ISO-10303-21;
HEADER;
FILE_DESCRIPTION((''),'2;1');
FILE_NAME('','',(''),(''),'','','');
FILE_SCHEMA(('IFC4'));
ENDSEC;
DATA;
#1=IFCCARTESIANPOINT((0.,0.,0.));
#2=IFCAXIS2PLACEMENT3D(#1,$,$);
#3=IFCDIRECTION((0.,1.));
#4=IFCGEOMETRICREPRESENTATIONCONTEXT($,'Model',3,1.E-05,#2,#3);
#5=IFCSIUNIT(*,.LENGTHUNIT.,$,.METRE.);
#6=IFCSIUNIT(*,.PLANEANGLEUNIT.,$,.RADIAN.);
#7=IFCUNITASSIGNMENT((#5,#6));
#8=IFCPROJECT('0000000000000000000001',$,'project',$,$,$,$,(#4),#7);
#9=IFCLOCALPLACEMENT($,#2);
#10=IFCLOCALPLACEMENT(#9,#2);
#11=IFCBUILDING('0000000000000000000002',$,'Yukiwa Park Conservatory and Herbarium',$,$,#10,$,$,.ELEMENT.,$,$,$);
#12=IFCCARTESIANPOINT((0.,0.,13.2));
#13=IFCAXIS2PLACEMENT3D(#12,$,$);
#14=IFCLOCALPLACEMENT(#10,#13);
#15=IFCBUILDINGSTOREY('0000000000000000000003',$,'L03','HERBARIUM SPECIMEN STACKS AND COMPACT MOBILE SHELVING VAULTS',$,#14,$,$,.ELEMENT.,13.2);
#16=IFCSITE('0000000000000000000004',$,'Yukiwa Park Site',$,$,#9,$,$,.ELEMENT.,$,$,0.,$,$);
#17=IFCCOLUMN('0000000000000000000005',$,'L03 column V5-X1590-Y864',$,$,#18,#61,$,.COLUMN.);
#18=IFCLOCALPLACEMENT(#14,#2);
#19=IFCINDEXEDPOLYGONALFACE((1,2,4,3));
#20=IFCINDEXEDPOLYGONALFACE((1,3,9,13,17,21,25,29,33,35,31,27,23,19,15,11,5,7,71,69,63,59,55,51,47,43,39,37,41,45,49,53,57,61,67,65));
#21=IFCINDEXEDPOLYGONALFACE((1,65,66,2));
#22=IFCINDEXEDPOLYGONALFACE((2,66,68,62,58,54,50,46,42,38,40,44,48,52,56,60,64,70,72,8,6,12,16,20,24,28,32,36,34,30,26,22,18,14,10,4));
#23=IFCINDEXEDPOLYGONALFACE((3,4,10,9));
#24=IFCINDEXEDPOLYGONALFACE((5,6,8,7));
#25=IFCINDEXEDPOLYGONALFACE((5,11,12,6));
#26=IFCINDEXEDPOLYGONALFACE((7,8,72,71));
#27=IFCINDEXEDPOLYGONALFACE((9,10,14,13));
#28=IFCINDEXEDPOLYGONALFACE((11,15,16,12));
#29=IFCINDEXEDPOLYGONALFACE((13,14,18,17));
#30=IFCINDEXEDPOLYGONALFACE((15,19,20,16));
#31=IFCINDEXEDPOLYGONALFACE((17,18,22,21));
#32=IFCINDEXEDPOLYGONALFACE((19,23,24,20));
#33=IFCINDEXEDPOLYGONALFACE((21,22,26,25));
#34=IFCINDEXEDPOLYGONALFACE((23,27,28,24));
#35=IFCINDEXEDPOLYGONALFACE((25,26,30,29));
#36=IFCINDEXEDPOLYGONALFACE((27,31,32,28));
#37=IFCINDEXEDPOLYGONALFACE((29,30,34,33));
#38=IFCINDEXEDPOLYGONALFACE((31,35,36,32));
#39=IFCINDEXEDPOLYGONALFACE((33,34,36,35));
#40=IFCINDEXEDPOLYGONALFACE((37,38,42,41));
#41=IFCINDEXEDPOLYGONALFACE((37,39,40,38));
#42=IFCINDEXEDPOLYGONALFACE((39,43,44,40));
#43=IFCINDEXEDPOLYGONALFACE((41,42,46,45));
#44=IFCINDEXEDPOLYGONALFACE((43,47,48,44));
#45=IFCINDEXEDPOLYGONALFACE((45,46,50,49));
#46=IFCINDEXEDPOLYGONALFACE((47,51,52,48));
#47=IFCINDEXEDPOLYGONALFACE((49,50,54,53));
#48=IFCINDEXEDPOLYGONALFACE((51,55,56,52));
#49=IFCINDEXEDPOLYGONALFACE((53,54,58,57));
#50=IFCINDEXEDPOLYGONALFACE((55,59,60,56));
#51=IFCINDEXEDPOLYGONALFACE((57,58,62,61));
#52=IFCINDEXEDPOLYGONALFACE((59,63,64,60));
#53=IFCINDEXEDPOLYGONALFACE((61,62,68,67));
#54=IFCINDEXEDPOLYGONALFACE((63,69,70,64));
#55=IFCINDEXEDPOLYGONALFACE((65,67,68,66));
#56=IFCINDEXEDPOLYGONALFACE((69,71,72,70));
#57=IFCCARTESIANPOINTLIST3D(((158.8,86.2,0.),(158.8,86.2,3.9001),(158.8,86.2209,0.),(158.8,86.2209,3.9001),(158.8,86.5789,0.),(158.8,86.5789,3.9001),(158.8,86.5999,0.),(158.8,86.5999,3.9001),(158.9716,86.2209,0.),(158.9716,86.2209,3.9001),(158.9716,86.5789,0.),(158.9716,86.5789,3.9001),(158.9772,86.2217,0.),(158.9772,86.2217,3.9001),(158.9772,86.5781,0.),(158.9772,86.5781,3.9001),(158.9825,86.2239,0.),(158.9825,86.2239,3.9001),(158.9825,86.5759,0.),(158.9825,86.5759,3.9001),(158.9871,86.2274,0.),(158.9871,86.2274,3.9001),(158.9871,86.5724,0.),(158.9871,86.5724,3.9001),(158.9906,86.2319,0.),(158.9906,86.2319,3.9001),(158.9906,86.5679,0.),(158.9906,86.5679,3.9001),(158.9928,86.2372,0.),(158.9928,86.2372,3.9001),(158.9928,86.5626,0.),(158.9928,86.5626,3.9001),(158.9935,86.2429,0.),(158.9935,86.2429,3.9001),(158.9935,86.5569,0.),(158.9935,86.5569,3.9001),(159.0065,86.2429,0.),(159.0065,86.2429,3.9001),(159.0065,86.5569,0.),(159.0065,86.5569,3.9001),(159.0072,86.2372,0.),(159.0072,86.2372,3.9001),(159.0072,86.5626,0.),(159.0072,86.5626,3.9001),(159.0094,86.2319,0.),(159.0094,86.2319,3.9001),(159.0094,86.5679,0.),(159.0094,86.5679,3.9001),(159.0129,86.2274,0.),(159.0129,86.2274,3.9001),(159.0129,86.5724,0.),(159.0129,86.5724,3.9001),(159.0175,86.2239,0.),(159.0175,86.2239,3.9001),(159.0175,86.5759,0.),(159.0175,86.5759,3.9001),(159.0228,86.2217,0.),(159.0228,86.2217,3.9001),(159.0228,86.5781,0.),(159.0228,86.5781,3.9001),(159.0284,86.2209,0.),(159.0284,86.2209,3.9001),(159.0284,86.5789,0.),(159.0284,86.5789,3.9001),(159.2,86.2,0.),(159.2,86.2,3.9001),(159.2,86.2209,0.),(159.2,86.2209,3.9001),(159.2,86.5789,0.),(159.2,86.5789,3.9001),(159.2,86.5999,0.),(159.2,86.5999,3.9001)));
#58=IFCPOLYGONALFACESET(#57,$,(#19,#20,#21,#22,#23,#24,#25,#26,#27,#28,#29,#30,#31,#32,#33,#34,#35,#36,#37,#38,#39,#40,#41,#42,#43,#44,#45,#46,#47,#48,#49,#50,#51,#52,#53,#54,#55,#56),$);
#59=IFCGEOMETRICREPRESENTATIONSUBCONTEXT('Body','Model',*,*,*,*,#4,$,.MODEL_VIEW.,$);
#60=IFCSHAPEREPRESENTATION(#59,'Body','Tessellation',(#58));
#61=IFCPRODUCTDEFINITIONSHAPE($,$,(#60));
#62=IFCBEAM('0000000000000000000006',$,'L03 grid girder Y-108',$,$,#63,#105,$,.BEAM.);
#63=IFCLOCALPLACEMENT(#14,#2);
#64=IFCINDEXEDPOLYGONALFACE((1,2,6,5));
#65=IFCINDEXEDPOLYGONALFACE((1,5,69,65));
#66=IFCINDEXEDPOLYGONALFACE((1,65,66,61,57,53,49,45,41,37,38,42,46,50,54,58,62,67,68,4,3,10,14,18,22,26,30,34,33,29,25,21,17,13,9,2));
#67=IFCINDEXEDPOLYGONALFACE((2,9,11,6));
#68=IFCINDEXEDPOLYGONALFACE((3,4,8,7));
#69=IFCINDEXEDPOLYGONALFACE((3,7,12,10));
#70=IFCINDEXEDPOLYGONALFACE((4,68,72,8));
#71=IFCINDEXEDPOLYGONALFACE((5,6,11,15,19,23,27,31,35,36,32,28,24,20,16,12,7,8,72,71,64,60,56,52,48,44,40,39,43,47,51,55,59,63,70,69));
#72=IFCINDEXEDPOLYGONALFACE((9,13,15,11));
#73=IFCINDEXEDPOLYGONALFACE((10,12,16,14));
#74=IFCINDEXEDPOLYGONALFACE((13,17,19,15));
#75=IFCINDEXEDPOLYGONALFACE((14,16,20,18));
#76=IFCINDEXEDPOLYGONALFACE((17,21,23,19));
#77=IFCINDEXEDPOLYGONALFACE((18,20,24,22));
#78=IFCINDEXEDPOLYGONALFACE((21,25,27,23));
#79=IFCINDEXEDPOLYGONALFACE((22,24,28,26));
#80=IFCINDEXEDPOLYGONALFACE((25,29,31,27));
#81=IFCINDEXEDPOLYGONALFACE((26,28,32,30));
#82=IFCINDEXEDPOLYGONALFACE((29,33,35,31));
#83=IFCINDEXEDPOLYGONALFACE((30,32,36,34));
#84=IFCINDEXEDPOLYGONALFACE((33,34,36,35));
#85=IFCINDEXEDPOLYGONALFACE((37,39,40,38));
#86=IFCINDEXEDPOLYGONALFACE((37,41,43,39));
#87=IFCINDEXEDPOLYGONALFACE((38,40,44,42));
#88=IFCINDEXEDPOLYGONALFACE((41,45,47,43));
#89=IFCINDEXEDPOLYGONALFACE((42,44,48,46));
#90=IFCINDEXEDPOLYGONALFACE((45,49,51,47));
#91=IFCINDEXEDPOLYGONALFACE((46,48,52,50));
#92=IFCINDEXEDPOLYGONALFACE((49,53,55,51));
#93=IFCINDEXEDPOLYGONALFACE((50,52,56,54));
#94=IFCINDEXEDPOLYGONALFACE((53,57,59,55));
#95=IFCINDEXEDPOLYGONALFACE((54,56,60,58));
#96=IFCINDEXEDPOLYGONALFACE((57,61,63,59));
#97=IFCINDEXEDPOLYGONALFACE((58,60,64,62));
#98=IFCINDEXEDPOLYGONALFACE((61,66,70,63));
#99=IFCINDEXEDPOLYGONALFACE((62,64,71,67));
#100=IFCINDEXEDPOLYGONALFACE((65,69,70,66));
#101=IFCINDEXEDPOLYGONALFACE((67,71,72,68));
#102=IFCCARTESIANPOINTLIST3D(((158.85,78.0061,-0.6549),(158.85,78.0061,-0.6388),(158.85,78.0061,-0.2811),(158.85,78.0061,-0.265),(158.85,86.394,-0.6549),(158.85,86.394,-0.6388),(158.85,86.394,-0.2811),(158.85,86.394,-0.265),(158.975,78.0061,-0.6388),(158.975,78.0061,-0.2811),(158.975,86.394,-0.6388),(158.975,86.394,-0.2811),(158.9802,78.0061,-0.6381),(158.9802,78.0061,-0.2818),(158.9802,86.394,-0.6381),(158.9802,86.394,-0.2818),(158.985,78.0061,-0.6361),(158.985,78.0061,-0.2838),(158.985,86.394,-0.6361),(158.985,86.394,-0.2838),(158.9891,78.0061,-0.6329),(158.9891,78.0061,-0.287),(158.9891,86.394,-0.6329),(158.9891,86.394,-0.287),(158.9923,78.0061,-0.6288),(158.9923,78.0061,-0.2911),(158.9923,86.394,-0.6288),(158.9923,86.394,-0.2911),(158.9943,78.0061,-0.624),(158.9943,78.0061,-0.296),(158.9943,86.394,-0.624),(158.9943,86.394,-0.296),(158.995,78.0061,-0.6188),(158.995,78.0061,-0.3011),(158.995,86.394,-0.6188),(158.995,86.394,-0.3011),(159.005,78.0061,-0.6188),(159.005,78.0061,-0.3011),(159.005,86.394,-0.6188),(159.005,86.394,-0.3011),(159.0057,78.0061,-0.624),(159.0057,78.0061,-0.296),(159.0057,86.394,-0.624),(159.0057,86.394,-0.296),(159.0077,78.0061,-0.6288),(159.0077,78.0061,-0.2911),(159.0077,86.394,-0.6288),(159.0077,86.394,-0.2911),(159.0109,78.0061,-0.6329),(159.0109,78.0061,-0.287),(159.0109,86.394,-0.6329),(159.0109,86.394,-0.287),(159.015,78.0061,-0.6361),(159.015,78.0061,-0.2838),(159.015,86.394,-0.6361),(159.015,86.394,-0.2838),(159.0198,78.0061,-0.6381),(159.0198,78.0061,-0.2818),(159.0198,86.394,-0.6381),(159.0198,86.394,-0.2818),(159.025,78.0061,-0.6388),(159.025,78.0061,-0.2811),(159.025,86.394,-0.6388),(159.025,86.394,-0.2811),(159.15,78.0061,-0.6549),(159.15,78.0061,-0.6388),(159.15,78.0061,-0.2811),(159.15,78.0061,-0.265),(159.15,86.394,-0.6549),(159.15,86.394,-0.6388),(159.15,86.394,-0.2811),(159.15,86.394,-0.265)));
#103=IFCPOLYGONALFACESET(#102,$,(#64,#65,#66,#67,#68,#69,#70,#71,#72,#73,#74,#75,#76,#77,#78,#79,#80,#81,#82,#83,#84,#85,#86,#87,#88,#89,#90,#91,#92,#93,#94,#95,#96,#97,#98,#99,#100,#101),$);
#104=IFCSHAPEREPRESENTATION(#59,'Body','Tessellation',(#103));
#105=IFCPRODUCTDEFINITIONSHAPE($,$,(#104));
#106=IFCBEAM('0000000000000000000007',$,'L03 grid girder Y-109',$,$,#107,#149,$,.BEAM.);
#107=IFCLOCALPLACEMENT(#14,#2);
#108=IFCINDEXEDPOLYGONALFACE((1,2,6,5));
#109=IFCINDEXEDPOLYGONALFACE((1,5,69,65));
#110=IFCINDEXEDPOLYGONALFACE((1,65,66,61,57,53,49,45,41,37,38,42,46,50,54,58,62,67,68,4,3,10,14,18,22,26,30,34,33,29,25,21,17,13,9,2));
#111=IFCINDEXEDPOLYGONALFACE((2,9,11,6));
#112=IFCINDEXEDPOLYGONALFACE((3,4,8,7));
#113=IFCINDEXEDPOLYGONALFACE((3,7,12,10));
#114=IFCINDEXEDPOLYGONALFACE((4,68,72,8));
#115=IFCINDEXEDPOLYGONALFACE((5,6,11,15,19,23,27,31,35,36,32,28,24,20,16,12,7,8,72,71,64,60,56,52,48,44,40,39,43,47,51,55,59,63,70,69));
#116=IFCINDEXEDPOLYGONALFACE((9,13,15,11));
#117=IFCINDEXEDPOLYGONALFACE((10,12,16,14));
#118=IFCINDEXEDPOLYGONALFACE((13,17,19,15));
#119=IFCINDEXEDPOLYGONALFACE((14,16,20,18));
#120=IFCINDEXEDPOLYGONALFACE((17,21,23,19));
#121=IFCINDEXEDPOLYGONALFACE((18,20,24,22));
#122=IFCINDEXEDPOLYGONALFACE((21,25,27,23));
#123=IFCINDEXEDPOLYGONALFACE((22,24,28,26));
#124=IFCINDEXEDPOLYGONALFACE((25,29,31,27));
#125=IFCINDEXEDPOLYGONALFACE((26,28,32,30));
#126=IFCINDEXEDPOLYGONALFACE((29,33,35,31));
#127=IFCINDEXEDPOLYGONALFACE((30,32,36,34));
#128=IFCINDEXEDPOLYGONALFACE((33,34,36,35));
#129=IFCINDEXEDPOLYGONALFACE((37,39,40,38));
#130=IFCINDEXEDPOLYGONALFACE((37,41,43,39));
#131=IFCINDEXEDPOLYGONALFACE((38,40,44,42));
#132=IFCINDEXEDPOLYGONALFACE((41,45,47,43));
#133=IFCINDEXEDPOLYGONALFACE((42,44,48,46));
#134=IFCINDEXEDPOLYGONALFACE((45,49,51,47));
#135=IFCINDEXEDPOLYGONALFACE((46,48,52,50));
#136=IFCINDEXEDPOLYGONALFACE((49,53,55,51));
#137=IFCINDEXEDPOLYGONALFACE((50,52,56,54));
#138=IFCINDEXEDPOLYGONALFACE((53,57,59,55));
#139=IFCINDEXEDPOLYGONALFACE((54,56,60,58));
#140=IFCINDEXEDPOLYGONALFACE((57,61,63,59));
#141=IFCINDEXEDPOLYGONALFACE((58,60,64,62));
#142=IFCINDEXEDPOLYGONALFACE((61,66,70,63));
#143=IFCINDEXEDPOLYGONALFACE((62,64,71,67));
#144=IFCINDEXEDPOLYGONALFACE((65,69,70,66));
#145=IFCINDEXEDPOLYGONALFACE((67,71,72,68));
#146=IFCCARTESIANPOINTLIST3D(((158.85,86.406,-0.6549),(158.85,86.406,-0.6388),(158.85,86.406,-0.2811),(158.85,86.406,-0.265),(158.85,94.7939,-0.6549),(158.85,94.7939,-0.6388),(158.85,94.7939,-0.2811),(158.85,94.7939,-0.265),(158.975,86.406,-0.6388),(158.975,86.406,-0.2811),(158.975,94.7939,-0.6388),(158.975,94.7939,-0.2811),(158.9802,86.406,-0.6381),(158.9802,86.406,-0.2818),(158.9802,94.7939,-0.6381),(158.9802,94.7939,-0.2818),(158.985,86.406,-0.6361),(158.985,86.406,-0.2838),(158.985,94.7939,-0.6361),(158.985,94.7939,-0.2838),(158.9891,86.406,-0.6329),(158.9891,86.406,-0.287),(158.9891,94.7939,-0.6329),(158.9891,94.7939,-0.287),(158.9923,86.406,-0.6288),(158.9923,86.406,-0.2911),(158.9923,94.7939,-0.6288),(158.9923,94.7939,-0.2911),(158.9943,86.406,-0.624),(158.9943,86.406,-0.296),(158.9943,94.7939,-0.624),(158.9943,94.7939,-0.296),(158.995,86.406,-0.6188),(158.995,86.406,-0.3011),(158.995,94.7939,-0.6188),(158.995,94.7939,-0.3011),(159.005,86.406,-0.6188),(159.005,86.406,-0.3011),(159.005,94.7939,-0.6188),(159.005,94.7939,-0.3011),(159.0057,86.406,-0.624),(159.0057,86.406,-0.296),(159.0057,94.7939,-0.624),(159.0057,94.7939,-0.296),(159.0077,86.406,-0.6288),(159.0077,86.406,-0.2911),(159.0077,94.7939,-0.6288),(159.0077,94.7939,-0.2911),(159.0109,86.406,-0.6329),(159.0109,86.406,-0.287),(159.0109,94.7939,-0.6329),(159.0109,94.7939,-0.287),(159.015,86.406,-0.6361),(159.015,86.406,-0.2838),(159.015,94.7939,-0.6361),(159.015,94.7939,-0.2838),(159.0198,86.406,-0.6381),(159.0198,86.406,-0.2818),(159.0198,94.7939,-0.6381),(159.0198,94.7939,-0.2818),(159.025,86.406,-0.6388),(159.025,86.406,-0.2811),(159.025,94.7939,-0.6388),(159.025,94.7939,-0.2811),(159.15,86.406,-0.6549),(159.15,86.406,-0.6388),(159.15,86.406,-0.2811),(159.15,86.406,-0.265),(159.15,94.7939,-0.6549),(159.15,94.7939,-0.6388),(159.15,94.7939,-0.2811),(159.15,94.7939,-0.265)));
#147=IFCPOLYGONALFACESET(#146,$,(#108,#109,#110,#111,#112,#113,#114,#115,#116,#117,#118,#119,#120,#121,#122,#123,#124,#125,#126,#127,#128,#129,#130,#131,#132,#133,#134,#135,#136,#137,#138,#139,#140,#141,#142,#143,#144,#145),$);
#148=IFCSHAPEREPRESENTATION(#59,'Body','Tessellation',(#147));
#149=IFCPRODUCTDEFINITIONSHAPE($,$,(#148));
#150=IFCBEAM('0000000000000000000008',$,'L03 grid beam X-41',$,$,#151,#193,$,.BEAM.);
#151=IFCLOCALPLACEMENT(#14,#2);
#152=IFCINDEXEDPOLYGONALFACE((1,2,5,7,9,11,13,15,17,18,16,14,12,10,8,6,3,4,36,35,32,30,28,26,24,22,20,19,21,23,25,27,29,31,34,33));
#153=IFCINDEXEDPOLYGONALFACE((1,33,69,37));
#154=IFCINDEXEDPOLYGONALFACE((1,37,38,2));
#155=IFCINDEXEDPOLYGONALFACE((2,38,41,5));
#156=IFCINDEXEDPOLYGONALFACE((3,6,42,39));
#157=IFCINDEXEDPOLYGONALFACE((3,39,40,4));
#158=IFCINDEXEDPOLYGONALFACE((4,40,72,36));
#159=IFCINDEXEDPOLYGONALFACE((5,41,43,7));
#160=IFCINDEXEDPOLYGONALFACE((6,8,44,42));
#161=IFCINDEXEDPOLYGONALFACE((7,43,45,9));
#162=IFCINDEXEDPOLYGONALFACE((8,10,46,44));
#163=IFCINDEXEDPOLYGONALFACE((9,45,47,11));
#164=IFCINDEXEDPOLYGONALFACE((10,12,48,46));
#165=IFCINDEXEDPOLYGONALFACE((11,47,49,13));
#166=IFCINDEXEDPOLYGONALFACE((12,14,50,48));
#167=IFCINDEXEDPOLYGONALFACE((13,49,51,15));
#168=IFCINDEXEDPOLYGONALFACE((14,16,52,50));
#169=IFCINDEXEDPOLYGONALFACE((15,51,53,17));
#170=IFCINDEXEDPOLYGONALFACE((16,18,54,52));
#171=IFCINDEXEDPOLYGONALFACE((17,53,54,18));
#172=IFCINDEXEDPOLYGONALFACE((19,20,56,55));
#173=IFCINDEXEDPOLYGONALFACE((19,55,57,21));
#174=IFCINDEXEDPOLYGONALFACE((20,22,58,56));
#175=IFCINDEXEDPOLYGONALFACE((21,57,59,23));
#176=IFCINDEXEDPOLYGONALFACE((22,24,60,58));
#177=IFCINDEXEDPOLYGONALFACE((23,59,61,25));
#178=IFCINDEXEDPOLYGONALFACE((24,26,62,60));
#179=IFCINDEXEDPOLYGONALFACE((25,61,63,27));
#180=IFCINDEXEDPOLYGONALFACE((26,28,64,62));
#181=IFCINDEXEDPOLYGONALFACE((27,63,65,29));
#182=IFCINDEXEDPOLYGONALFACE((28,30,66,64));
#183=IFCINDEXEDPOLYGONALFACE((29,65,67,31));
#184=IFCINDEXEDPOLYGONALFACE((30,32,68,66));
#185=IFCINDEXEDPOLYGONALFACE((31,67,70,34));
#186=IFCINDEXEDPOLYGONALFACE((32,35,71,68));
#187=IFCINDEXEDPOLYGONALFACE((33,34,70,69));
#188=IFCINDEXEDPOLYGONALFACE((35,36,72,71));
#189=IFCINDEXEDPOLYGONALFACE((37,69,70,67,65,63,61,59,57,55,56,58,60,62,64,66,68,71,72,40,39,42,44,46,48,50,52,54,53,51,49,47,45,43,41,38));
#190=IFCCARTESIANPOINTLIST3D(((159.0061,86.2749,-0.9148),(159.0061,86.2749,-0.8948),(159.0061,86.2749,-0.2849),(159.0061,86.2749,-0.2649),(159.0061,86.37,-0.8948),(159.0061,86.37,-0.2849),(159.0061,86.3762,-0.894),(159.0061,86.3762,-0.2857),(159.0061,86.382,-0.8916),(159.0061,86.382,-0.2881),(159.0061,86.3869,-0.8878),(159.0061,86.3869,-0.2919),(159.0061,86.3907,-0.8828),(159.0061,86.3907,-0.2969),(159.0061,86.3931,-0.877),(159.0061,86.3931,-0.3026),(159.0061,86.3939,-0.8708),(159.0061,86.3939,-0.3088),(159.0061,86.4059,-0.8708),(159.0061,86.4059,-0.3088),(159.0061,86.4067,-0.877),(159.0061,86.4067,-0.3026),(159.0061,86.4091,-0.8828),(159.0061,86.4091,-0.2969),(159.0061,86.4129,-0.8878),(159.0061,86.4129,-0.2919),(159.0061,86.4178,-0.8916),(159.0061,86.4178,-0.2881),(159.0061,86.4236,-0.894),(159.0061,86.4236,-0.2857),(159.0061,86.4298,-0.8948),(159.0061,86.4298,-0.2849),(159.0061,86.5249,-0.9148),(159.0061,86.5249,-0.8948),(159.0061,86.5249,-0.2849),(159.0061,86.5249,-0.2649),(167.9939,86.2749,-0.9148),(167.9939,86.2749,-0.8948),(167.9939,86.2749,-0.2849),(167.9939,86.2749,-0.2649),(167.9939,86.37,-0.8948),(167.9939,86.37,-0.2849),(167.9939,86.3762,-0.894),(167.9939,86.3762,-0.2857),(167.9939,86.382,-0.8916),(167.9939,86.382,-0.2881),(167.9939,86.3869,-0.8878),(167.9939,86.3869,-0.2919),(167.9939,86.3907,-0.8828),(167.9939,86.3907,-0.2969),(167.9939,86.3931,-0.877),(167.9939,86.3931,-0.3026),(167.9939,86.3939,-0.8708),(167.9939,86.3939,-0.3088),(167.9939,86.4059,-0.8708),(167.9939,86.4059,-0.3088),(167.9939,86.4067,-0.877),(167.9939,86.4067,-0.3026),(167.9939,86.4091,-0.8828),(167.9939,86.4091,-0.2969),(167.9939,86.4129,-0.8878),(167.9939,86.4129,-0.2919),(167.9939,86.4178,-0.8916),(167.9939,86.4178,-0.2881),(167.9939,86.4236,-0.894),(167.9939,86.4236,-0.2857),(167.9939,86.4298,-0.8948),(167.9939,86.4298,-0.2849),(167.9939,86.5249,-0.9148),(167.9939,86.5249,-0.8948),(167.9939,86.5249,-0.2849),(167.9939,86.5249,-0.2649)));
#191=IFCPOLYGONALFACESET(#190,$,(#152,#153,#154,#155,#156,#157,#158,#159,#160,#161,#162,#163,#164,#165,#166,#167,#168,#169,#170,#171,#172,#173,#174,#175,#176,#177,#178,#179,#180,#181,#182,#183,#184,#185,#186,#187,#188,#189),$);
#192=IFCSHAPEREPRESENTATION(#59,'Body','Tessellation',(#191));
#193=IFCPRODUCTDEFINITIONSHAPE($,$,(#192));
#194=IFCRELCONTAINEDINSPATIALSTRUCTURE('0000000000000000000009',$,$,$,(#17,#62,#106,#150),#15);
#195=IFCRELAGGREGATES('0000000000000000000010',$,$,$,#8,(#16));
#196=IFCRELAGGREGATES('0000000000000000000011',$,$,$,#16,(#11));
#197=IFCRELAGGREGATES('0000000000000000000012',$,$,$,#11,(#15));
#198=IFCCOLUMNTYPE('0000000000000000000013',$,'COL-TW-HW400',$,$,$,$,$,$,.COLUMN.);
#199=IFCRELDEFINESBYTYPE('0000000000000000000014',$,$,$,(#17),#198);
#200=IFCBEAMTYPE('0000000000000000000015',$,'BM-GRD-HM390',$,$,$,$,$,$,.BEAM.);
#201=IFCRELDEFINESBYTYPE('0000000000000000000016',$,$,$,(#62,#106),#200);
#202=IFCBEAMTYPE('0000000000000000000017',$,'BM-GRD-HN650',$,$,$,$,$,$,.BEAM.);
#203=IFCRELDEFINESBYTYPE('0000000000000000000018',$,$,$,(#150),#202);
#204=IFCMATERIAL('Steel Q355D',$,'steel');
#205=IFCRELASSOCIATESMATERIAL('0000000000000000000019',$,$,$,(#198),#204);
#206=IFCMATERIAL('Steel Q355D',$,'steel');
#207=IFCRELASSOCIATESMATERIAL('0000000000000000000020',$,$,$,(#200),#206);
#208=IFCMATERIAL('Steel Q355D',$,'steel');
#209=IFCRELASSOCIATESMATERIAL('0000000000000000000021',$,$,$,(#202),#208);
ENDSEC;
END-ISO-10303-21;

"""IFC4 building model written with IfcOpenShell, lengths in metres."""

from ifc_helpers import new_model, si_unit, direction, frame, origin, origin_2d, place, context, subcontext, project, spatial, i_section, extrude, material, material_profile, profile_set, type_object, element, save


model = new_model("IFC4")

# Units and contexts
model_context = context("Model", 3, precision=1e-05, world=origin(), true_north=direction((0.0, 1.0)))
body_context = subcontext(model_context, "Body", "Model", "MODEL_VIEW")
ifc_project = project(units=[si_unit("LENGTHUNIT", "METRE"), si_unit("PLANEANGLEUNIT", "RADIAN")], contexts=[model_context])

# Site, building, storey
site_placement = place(None, origin())
site = spatial("IfcSite", under=ifc_project, at=site_placement, Name="Yukiwa Park Site", CompositionType="ELEMENT", RefElevation=0.0)
building_placement = place(site_placement, origin())
building = spatial("IfcBuilding", under=site, at=building_placement, Name="Yukiwa Park Conservatory and Herbarium", CompositionType="ELEMENT")
storey_placement = place(building_placement, frame((0.0, 0.0, 13.2)))
storey = spatial("IfcBuildingStorey", under=building, at=storey_placement, Name="L03", Description="HERBARIUM SPECIMEN STACKS AND COMPACT MOBILE SHELVING VAULTS", CompositionType="ELEMENT", Elevation=13.2)

# Column
ifc_material_1 = material(Name="Steel Q355D", Category="steel")
ifc_material_profile_1 = material_profile(ifc_material_1, i_section(OverallWidth=0.3999, OverallDepth=0.3999, WebThickness=0.0129, FlangeThickness=0.021, FilletRadius=0.022, at=origin_2d()), Name="HW 400x400x13x21")
ifc_profile_set_1 = profile_set([ifc_material_profile_1], Name="Steel Q355D")
column_type_1 = type_object("IfcColumnType", Name="COL-TW-HW400", PredefinedType="COLUMN", material=ifc_profile_set_1)
column_placement = place(storey_placement, frame((159.0, 86.3999, 0.0), z_axis=(0.0, 0.0, 1.0), x_axis=(1.0, 0.0, 0.0)))
element("IfcColumn", 1, at=column_placement, inside=storey, type_object=column_type_1, Name="L03 column V5-X1590-Y864", PredefinedType="COLUMN", context=body_context, shape_type="SweptSolid", body=[
    extrude(i_section(OverallWidth=0.3999, OverallDepth=0.3999, WebThickness=0.0129, FlangeThickness=0.021, FilletRadius=0.022, at=origin_2d()), origin(), (0.0, 0.0, 1.0), 3.9001),
])

# Beams
ifc_material_2 = material(Name="Steel Q355D", Category="steel")
ifc_material_profile_2 = material_profile(ifc_material_2, i_section(OverallWidth=0.3, OverallDepth=0.3899, WebThickness=0.01, FlangeThickness=0.0161, FilletRadius=0.02, at=origin_2d()), Name="HM 390x300x10x16")
ifc_profile_set_2 = profile_set([ifc_material_profile_2], Name="Steel Q355D")
beam_type_1 = type_object("IfcBeamType", Name="BM-GRD-HM390", PredefinedType="BEAM", material=ifc_profile_set_2)
for number, where, z_axis, x_axis, name in (
    (2, (159.0, 78.0061, -0.46), (0.0, 1.0, 0.0), (-1.0, 0.0, 0.0), "L03 grid girder Y-108"),
    (3, (159.0, 86.406, -0.46), (0.0, 1.0, 0.0), (-1.0, 0.0, 0.0), "L03 grid girder Y-109"),
):
    element("IfcBeam", number, at=place(storey_placement, frame(where, z_axis=z_axis, x_axis=x_axis)), inside=storey, type_object=beam_type_1, Name=name, PredefinedType="BEAM", context=body_context, shape_type="SweptSolid", body=[
        extrude(i_section(OverallWidth=0.3, OverallDepth=0.3899, WebThickness=0.01, FlangeThickness=0.0161, FilletRadius=0.02, at=origin_2d()), origin(), (0.0, 0.0, 1.0), 8.3879),
    ])
ifc_material_3 = material(Name="Steel Q355D", Category="steel")
ifc_material_profile_3 = material_profile(ifc_material_3, i_section(OverallWidth=0.25, OverallDepth=0.6499, WebThickness=0.012, FlangeThickness=0.02, FilletRadius=0.0239, at=origin_2d()), Name="HN 650x250x12x20")
ifc_profile_set_3 = profile_set([ifc_material_profile_3], Name="Steel Q355D")
beam_type_2 = type_object("IfcBeamType", Name="BM-GRD-HN650", PredefinedType="BEAM", material=ifc_profile_set_3)
beam_1_placement = place(storey_placement, frame((159.0061, 86.3999, -0.5898), z_axis=(1.0, 0.0, 0.0), x_axis=(0.0, 1.0, 0.0)))
element("IfcBeam", 4, at=beam_1_placement, inside=storey, type_object=beam_type_2, Name="L03 grid beam X-41", PredefinedType="BEAM", context=body_context, shape_type="SweptSolid", body=[
    extrude(i_section(OverallWidth=0.25, OverallDepth=0.6499, WebThickness=0.012, FlangeThickness=0.02, FilletRadius=0.0239, at=origin_2d()), origin(), (0.0, 0.0, 1.0), 8.9878),
])

save(model, "model.ifc")
